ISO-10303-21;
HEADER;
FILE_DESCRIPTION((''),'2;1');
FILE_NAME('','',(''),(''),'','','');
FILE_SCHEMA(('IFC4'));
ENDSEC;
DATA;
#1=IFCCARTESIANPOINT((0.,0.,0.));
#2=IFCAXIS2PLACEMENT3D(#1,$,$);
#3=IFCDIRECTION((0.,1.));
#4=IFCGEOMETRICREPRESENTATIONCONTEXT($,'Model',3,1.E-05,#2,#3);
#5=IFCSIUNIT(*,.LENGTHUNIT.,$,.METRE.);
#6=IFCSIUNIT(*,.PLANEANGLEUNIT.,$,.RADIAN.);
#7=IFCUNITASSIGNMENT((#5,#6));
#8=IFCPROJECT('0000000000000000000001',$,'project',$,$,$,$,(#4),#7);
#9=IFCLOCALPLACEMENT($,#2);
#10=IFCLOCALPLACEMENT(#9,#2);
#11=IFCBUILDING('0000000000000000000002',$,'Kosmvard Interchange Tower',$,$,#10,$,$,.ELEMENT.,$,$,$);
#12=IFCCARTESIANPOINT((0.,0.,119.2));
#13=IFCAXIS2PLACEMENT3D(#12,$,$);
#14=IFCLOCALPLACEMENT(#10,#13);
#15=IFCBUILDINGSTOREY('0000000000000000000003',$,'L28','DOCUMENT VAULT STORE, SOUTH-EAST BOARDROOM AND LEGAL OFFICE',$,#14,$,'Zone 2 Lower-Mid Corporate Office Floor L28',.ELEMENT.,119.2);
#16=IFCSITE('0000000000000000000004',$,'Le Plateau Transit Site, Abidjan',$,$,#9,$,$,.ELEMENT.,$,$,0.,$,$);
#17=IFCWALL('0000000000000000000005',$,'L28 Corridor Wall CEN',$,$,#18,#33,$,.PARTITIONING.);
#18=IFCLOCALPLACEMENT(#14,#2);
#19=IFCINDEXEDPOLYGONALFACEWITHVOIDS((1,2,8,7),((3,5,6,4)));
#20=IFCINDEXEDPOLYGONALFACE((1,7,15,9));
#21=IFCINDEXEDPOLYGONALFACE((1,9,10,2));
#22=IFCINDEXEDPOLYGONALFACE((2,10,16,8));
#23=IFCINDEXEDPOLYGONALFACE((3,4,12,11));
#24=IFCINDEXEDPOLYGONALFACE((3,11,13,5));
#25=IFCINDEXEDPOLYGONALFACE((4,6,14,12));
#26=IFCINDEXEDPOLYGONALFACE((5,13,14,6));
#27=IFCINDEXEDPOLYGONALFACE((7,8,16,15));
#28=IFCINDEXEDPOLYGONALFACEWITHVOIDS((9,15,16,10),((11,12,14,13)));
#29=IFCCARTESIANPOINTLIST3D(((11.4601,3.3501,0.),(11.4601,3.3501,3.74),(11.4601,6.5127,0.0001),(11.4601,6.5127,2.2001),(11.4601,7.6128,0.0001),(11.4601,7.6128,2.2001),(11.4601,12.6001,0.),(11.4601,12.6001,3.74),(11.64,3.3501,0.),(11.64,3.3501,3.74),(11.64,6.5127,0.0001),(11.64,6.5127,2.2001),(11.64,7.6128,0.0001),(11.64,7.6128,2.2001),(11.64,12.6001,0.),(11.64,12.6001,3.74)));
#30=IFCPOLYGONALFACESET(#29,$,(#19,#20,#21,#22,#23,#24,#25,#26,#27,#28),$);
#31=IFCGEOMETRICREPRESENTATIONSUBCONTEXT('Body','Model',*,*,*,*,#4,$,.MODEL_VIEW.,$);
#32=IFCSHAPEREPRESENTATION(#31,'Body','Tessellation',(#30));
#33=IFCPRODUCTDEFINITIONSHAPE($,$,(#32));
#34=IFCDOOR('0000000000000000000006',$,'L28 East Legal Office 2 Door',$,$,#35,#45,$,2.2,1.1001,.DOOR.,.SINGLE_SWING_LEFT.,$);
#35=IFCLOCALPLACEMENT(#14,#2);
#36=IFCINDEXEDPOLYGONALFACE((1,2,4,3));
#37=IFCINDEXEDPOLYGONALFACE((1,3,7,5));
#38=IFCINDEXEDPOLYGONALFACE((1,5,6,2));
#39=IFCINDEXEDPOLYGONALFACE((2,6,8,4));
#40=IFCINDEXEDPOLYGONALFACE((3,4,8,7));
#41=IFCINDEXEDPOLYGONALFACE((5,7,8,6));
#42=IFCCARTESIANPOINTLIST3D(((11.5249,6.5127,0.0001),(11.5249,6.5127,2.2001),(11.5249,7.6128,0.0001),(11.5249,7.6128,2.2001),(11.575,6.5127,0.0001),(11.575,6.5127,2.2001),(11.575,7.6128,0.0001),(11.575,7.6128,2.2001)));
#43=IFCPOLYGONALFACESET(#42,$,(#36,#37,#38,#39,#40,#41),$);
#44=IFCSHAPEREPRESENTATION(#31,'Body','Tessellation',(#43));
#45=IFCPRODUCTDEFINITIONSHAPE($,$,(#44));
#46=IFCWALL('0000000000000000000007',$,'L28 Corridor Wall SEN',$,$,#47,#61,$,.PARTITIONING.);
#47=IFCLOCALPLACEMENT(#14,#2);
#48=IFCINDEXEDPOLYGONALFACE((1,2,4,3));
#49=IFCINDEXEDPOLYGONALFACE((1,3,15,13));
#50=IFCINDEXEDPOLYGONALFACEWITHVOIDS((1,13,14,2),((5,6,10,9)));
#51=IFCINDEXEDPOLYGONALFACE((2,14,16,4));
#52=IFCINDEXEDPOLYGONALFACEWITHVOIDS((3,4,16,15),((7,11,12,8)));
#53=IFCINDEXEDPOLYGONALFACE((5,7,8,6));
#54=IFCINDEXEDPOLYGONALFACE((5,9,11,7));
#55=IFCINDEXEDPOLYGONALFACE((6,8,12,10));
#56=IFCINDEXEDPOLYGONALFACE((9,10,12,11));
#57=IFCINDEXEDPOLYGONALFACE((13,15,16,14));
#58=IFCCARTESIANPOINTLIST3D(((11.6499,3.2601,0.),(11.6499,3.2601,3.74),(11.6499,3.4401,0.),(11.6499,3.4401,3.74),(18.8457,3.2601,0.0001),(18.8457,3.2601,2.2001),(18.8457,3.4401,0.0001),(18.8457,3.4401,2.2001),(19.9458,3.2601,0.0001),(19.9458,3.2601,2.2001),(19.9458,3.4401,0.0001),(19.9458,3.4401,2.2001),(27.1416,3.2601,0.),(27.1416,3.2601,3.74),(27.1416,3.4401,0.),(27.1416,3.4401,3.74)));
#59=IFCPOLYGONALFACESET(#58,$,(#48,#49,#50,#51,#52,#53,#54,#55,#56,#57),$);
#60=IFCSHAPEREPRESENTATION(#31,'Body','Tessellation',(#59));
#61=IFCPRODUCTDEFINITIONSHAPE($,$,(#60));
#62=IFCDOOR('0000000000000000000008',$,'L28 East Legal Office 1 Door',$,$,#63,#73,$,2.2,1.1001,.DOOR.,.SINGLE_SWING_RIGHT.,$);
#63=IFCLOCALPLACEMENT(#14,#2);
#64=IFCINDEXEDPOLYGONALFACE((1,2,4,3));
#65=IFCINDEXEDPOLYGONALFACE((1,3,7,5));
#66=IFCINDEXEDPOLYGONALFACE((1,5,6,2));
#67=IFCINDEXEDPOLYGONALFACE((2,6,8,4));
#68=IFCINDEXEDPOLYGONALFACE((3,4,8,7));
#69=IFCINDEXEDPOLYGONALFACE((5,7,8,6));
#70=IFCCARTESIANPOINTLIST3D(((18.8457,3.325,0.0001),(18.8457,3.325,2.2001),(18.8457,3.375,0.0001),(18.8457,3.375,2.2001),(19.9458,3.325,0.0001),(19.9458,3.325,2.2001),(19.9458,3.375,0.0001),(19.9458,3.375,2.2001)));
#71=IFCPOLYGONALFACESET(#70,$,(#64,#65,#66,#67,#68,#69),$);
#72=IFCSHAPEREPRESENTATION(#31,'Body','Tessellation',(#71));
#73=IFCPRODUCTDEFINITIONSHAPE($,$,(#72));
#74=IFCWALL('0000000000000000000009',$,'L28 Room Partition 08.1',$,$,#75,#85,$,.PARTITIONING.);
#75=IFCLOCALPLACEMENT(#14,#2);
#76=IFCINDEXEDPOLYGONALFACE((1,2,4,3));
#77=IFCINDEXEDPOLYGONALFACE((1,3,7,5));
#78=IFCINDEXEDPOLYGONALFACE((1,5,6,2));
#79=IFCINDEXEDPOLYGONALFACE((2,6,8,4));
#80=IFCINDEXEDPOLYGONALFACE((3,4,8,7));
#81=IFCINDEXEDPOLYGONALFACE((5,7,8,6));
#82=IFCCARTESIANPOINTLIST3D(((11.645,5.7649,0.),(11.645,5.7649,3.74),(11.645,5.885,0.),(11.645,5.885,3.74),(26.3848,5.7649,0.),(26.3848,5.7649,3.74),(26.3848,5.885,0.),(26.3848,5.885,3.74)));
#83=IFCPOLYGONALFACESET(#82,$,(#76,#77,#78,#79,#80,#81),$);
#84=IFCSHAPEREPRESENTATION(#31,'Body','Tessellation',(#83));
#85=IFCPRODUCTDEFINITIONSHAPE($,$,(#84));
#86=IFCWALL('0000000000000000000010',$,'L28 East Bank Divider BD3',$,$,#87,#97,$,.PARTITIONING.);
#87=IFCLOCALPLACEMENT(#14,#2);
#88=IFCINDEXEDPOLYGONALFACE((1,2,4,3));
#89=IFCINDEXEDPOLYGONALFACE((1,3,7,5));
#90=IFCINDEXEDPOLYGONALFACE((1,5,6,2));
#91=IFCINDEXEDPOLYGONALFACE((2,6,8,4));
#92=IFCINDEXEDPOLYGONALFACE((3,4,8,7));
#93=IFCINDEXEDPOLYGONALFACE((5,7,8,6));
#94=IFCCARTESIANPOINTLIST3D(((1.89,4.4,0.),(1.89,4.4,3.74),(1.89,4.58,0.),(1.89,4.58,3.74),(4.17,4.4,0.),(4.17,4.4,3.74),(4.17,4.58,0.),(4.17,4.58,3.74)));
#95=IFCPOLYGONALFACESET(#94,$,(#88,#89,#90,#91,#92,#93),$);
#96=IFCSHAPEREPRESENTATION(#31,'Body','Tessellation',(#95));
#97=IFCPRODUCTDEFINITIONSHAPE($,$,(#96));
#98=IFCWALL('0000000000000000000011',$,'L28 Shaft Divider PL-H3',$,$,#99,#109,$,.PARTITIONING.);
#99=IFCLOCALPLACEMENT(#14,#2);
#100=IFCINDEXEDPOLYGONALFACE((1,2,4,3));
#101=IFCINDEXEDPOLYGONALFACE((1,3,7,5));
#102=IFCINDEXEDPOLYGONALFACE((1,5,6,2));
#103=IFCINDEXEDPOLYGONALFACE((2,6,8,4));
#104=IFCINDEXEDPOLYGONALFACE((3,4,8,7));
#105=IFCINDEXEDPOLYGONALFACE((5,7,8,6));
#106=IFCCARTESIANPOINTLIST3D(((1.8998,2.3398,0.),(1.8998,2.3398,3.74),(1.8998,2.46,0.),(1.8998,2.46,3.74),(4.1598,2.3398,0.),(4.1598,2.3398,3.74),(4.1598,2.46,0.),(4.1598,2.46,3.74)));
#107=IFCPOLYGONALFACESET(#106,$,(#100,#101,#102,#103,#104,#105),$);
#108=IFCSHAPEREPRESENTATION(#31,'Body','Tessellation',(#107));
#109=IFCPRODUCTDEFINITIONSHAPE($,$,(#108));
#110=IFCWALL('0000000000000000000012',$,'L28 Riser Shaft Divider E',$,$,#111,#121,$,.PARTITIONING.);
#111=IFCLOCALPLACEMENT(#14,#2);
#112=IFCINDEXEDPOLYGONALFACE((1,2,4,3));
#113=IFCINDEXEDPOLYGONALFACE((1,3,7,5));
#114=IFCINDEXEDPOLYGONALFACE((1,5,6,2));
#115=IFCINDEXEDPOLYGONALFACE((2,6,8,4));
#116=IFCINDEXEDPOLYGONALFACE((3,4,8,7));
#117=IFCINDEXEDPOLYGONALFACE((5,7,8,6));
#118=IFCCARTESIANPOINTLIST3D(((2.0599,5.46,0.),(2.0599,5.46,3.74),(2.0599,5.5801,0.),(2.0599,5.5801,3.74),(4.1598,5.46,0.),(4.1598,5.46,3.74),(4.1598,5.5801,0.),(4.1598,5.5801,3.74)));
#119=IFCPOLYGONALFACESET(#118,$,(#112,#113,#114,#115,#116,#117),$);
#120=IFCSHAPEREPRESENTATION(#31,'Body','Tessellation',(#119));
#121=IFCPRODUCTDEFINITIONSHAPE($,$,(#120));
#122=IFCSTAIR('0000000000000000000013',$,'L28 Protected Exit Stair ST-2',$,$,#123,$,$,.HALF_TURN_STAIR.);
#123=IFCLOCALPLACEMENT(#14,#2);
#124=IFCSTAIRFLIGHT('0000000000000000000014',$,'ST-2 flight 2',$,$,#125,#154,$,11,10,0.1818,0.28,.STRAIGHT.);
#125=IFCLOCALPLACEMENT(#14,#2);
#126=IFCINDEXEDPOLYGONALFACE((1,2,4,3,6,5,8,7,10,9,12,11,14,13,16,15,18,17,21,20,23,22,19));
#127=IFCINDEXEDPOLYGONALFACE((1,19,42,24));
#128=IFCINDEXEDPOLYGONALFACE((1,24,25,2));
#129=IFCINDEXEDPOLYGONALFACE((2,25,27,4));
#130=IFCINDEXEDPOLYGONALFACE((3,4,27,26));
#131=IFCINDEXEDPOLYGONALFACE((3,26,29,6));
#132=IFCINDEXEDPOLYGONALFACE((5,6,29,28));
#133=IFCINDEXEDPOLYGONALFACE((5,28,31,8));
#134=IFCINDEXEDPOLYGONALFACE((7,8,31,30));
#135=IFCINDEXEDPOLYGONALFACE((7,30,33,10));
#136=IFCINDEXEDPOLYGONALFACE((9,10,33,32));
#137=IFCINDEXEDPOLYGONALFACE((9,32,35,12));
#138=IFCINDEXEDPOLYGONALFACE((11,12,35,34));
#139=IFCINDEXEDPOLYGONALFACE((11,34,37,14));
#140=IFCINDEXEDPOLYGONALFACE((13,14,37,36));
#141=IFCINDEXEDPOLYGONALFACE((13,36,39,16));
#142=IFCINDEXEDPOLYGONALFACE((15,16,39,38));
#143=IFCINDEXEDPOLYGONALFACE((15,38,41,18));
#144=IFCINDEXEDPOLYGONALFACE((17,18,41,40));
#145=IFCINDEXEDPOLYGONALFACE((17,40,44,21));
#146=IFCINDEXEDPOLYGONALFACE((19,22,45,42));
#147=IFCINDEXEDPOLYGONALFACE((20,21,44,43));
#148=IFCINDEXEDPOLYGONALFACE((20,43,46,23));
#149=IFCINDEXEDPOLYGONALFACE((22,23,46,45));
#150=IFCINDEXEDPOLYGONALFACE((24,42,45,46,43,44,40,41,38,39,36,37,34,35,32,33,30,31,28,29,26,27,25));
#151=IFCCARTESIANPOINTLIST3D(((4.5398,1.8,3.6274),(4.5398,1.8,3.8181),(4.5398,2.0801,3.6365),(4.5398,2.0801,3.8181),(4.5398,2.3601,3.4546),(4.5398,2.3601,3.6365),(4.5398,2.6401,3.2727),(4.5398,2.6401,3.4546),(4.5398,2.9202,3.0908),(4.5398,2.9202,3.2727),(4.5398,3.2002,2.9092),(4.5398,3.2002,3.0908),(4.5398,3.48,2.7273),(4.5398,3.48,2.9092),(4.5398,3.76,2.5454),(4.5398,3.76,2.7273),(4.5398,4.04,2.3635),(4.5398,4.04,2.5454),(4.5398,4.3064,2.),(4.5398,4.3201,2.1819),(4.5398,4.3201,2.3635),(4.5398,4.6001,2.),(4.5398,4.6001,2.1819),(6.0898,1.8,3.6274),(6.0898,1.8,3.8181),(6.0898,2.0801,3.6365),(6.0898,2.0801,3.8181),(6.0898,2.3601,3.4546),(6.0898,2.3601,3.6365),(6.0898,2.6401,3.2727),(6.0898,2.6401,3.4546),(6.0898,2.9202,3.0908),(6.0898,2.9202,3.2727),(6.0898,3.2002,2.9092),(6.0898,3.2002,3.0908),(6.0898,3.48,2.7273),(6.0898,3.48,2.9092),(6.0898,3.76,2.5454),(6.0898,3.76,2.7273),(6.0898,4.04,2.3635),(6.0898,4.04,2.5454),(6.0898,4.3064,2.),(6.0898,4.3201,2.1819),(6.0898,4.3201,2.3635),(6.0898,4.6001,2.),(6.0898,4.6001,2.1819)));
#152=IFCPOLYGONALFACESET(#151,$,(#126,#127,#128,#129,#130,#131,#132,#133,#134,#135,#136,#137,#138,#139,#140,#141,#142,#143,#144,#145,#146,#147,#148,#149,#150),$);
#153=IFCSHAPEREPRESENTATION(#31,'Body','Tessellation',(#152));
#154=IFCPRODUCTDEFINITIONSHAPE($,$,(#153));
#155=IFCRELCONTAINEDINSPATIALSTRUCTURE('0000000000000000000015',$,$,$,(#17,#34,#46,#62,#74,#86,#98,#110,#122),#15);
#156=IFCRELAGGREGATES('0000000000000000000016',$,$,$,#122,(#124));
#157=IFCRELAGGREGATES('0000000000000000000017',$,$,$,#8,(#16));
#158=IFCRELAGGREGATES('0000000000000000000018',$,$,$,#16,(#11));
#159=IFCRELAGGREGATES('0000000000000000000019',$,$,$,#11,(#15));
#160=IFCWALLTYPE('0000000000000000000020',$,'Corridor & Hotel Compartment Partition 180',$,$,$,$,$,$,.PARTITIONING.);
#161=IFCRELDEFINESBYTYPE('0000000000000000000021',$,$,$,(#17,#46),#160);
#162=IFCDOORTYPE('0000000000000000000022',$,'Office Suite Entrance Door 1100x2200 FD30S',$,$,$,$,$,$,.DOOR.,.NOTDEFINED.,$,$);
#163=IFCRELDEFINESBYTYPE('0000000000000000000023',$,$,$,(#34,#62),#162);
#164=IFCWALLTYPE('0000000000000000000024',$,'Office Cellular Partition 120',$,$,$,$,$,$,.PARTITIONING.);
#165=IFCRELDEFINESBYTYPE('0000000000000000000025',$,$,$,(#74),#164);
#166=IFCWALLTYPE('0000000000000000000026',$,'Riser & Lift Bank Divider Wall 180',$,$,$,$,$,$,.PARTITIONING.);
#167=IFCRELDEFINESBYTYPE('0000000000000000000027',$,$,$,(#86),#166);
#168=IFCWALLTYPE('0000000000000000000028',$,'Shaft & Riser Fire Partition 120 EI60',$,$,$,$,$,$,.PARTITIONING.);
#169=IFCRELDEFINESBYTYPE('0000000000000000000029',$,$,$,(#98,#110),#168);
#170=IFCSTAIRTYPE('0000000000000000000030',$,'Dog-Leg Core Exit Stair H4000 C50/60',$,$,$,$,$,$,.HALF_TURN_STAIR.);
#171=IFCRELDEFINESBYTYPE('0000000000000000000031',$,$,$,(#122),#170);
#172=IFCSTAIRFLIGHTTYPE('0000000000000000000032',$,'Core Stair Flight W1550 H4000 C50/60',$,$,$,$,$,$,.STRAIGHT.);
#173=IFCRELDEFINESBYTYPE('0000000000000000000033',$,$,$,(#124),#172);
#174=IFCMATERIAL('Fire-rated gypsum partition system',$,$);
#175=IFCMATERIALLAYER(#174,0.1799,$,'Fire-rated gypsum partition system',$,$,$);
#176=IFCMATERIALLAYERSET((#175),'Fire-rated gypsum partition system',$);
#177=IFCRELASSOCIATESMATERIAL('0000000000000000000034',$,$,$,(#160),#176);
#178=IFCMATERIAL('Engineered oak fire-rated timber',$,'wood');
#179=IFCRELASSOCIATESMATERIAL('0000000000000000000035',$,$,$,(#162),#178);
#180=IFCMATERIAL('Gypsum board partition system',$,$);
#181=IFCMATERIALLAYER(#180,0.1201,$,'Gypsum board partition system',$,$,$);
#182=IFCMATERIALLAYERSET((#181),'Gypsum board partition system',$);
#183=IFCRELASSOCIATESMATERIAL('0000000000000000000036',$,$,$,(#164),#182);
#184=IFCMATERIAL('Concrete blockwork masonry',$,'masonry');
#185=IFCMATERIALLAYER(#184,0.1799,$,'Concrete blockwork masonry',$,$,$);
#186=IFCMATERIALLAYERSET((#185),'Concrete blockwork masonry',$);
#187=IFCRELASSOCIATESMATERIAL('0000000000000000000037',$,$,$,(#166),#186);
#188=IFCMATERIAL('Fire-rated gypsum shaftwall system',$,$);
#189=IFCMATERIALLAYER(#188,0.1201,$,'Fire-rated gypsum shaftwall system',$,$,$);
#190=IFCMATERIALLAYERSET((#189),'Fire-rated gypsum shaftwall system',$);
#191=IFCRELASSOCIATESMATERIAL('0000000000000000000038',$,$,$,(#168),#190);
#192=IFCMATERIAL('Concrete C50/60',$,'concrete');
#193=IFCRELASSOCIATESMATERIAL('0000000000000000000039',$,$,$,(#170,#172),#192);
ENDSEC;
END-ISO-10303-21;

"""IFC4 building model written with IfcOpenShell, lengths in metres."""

from ifc_helpers import new_model, si_unit, direction, frame, frame_2d, origin, place, context, subcontext, project, spatial, polyline, rectangle, outline, extrude, source, transform, mapped, material, layer, layer_set, type_object, element, fill, aggregate, save


model = new_model("IFC4")

# Units and contexts
model_context = context("Model", 3, precision=1e-05, world=origin(), true_north=direction((0.0, 1.0)))
body_context = subcontext(model_context, "Body", "Model", "MODEL_VIEW")
ifc_project = project(units=[si_unit("LENGTHUNIT", "METRE"), si_unit("PLANEANGLEUNIT", "RADIAN")], contexts=[model_context])

# Site, building, storey
site_placement = place(None, origin())
site = spatial("IfcSite", under=ifc_project, at=site_placement, Name="Le Plateau Transit Site, Abidjan", CompositionType="ELEMENT", RefElevation=0.0)
building_placement = place(site_placement, origin())
building = spatial("IfcBuilding", under=site, at=building_placement, Name="Kosmvard Interchange Tower", CompositionType="ELEMENT")
storey_placement = place(building_placement, frame((0.0, 0.0, 119.2)))
storey = spatial("IfcBuildingStorey", under=building, at=storey_placement, Name="L28", Description="DOCUMENT VAULT STORE, SOUTH-EAST BOARDROOM AND LEGAL OFFICE", LongName="Zone 2 Lower-Mid Corporate Office Floor L28", CompositionType="ELEMENT", Elevation=119.2)

# Shared definitions
ifc_material_1 = material(Name="Fire-rated gypsum partition system")
ifc_material_2 = material(Name="Concrete blockwork masonry", Category="masonry")

# Walls, openings, doors
ifc_layer_1 = layer(ifc_material_1, 0.1799, Name="Fire-rated gypsum partition system")
ifc_layer_set_1 = layer_set([ifc_layer_1], Name="Fire-rated gypsum partition system")
wall_type_1 = type_object("IfcWallType", Name="Corridor & Hotel Compartment Partition 180", PredefinedType="PARTITIONING", material=ifc_layer_set_1)
wall_1_placement = place(storey_placement, frame((11.55, 3.3501, 0.0), z_axis=(0.0, 0.0, 1.0), x_axis=(0.0, 1.0, 0.0)))
wall_1 = element("IfcWall", 1, at=wall_1_placement, inside=storey, type_object=wall_type_1, Name="L28 Corridor Wall CEN", PredefinedType="PARTITIONING", context=body_context, shape_type="SweptSolid", body=[
    extrude(rectangle(XDim=9.25, YDim=0.1799, at=frame_2d((4.625, 0.0))), origin(), (0.0, 0.0, 1.0), 3.74),
])
opening_1_placement = place(wall_1_placement, frame((3.1626, 0.0, 0.0)))
opening_1 = element("IfcOpeningElement", 2, at=opening_1_placement, cuts=wall_1, PredefinedType="OPENING", context=body_context, shape_type="SweptSolid", body=[
    extrude(rectangle(XDim=1.1001, YDim=2.2, at=frame_2d((0.55, 1.1001))), frame((0.0, 0.1001, 0.0), z_axis=(0.0, -1.0, 0.0), x_axis=(1.0, 0.0, 0.0)), (0.0, 0.0, 1.0), 0.2),
])
ifc_material_3 = material(Name="Engineered oak fire-rated timber", Category="wood")
door_type = type_object("IfcDoorType", Name="Office Suite Entrance Door 1100x2200 FD30S", OperationType="NOTDEFINED", PredefinedType="DOOR", material=ifc_material_3)
shared_shape_1 = source(origin(), body_context, "Body", "SweptSolid", [
    extrude(rectangle(XDim=1.1001, YDim=2.2, at=frame_2d((0.55, 1.1001))), frame((0.0, 0.0249, 0.0), z_axis=(0.0, -1.0, 0.0), x_axis=(1.0, 0.0, 0.0)), (0.0, 0.0, 1.0), 0.05),
])
door_1_placement = place(opening_1_placement, frame((1.1001, 0.0, 0.0), z_axis=(0.0, 0.0, 1.0), x_axis=(-1.0, 0.0, 0.0)))
door_1 = element("IfcDoor", 3, at=door_1_placement, inside=storey, type_object=door_type, Name="L28 East Legal Office 2 Door", OperationType="SINGLE_SWING_LEFT", OverallHeight=2.2, OverallWidth=1.1001, PredefinedType="DOOR", context=body_context, shape_type="MappedRepresentation", body=[
    mapped(shared_shape_1, transform((0.0, 0.0, 0.0), scale=1.0)),
])
fill(opening_1, door_1)
wall_2_placement = place(storey_placement, frame((11.6499, 3.3501, 0.0), z_axis=(0.0, 0.0, 1.0), x_axis=(1.0, 0.0, 0.0)))
wall_2 = element("IfcWall", 4, at=wall_2_placement, inside=storey, type_object=wall_type_1, Name="L28 Corridor Wall SEN", PredefinedType="PARTITIONING", context=body_context, shape_type="SweptSolid", body=[
    extrude(rectangle(XDim=15.4917, YDim=0.1799, at=frame_2d((7.7458, 0.0))), origin(), (0.0, 0.0, 1.0), 3.74),
])
opening_2_placement = place(wall_2_placement, frame((7.1958, 0.0, 0.0)))
opening_2 = element("IfcOpeningElement", 5, at=opening_2_placement, cuts=wall_2, PredefinedType="OPENING", context=body_context, shape_type="SweptSolid", body=[
    extrude(rectangle(XDim=1.1001, YDim=2.2, at=frame_2d((0.55, 1.1001))), frame((0.0, 0.1001, 0.0), z_axis=(0.0, -1.0, 0.0), x_axis=(1.0, 0.0, 0.0)), (0.0, 0.0, 1.0), 0.2),
])
door_2_placement = place(opening_2_placement, origin())
door_2 = element("IfcDoor", 6, at=door_2_placement, inside=storey, type_object=door_type, Name="L28 East Legal Office 1 Door", OperationType="SINGLE_SWING_RIGHT", OverallHeight=2.2, OverallWidth=1.1001, PredefinedType="DOOR", context=body_context, shape_type="MappedRepresentation", body=[
    mapped(shared_shape_1, transform((0.0, 0.0, 0.0), scale=1.0)),
])
fill(opening_2, door_2)

# Walls
ifc_material_4 = material(Name="Gypsum board partition system")
ifc_layer_2 = layer(ifc_material_4, 0.1201, Name="Gypsum board partition system")
ifc_layer_set_2 = layer_set([ifc_layer_2], Name="Gypsum board partition system")
wall_type_2 = type_object("IfcWallType", Name="Office Cellular Partition 120", PredefinedType="PARTITIONING", material=ifc_layer_set_2)
wall_3_placement = place(storey_placement, frame((11.645, 5.825, 0.0), z_axis=(0.0, 0.0, 1.0), x_axis=(1.0, 0.0, 0.0)))
element("IfcWall", 7, at=wall_3_placement, inside=storey, type_object=wall_type_2, Name="L28 Room Partition 08.1", PredefinedType="PARTITIONING", context=body_context, shape_type="SweptSolid", body=[
    extrude(rectangle(XDim=14.7397, YDim=0.1201, at=frame_2d((7.3699, 0.0))), origin(), (0.0, 0.0, 1.0), 3.74),
])
ifc_layer_3 = layer(ifc_material_2, 0.1799, Name="Concrete blockwork masonry")
ifc_layer_set_3 = layer_set([ifc_layer_3], Name="Concrete blockwork masonry")
wall_type_3 = type_object("IfcWallType", Name="Riser & Lift Bank Divider Wall 180", PredefinedType="PARTITIONING", material=ifc_layer_set_3)
wall_4_placement = place(storey_placement, frame((1.8899, 4.49, 0.0), z_axis=(0.0, 0.0, 1.0), x_axis=(1.0, 0.0, 0.0)))
element("IfcWall", 8, at=wall_4_placement, inside=storey, type_object=wall_type_3, Name="L28 East Bank Divider BD3", PredefinedType="PARTITIONING", context=body_context, shape_type="SweptSolid", body=[
    extrude(rectangle(XDim=2.28, YDim=0.1799, at=frame_2d((1.1401, 0.0))), origin(), (0.0, 0.0, 1.0), 3.74),
])
ifc_material_5 = material(Name="Fire-rated gypsum shaftwall system")
ifc_layer_4 = layer(ifc_material_5, 0.1201, Name="Fire-rated gypsum shaftwall system")
ifc_layer_set_4 = layer_set([ifc_layer_4], Name="Fire-rated gypsum shaftwall system")
wall_type_4 = type_object("IfcWallType", Name="Shaft & Riser Fire Partition 120 EI60", PredefinedType="PARTITIONING", material=ifc_layer_set_4)
wall_5_placement = place(storey_placement, frame((1.8999, 2.3999, 0.0), z_axis=(0.0, 0.0, 1.0), x_axis=(1.0, 0.0, 0.0)))
element("IfcWall", 9, at=wall_5_placement, inside=storey, type_object=wall_type_4, Name="L28 Shaft Divider PL-H3", PredefinedType="PARTITIONING", context=body_context, shape_type="SweptSolid", body=[
    extrude(rectangle(XDim=2.26, YDim=0.1201, at=frame_2d((1.1299, 0.0))), origin(), (0.0, 0.0, 1.0), 3.74),
])
wall_6_placement = place(storey_placement, frame((2.0601, 5.52, 0.0), z_axis=(0.0, 0.0, 1.0), x_axis=(1.0, 0.0, 0.0)))
element("IfcWall", 10, at=wall_6_placement, inside=storey, type_object=wall_type_4, Name="L28 Riser Shaft Divider E", PredefinedType="PARTITIONING", context=body_context, shape_type="SweptSolid", body=[
    extrude(rectangle(XDim=2.0999, YDim=0.1201, at=frame_2d((1.0498, 0.0))), origin(), (0.0, 0.0, 1.0), 3.74),
])

# Stair, stair flight
ifc_material_6 = material(Name="Concrete C50/60", Category="concrete")
stair_type = type_object("IfcStairType", Name="Dog-Leg Core Exit Stair H4000 C50/60", PredefinedType="HALF_TURN_STAIR", material=ifc_material_6)
stair_placement = place(storey_placement, origin())
stair = element("IfcStair", 11, at=stair_placement, inside=storey, type_object=stair_type, Name="L28 Protected Exit Stair ST-2", PredefinedType="HALF_TURN_STAIR")
stair_flight_type = type_object("IfcStairFlightType", Name="Core Stair Flight W1550 H4000 C50/60", PredefinedType="STRAIGHT", material=ifc_material_6)
shared_shape_2 = source(origin(), body_context, "Body", "SweptSolid", [
    extrude(outline(polyline([(0.0, 0.0), (0.0, 0.1819), (0.28, 0.1819), (0.28, 0.3635), (0.5601, 0.3635), (0.5601, 0.5454), (0.8401, 0.5454), (0.8401, 0.7273), (1.1201, 0.7273), (1.1201, 0.9092), (1.3999, 0.9092), (1.3999, 1.0908), (1.6799, 1.0908), (1.6799, 1.2727), (1.96, 1.2727), (1.96, 1.4546), (2.24, 1.4546), (2.24, 1.6365), (2.52, 1.6365), (2.52, 1.8181), (2.8, 1.8181), (2.8, 2.0), (2.8, 1.6274), (0.2937, 0.0), (0.0, 0.0)])), frame((0.0, 0.7749, 0.0), z_axis=(0.0, -1.0, 0.0), x_axis=(1.0, 0.0, 0.0)), (0.0, 0.0, 1.0), 1.55),
])
stair_flight_placement = place(storey_placement, frame((5.3149, 4.6001, 2.0), z_axis=(0.0, 0.0, 1.0), x_axis=(0.0, -1.0, 0.0)))
stair_flight = element("IfcStairFlight", 12, at=stair_flight_placement, type_object=stair_flight_type, Name="ST-2 flight 2", NumberOfRisers=11, NumberOfTreads=10, PredefinedType="STRAIGHT", RiserHeight=0.1818, TreadLength=0.28, context=body_context, shape_type="MappedRepresentation", body=[
    mapped(shared_shape_2, transform((0.0, 0.0, 0.0), scale=1.0)),
])
aggregate(stair, [stair_flight])

save(model, "model.ifc")
